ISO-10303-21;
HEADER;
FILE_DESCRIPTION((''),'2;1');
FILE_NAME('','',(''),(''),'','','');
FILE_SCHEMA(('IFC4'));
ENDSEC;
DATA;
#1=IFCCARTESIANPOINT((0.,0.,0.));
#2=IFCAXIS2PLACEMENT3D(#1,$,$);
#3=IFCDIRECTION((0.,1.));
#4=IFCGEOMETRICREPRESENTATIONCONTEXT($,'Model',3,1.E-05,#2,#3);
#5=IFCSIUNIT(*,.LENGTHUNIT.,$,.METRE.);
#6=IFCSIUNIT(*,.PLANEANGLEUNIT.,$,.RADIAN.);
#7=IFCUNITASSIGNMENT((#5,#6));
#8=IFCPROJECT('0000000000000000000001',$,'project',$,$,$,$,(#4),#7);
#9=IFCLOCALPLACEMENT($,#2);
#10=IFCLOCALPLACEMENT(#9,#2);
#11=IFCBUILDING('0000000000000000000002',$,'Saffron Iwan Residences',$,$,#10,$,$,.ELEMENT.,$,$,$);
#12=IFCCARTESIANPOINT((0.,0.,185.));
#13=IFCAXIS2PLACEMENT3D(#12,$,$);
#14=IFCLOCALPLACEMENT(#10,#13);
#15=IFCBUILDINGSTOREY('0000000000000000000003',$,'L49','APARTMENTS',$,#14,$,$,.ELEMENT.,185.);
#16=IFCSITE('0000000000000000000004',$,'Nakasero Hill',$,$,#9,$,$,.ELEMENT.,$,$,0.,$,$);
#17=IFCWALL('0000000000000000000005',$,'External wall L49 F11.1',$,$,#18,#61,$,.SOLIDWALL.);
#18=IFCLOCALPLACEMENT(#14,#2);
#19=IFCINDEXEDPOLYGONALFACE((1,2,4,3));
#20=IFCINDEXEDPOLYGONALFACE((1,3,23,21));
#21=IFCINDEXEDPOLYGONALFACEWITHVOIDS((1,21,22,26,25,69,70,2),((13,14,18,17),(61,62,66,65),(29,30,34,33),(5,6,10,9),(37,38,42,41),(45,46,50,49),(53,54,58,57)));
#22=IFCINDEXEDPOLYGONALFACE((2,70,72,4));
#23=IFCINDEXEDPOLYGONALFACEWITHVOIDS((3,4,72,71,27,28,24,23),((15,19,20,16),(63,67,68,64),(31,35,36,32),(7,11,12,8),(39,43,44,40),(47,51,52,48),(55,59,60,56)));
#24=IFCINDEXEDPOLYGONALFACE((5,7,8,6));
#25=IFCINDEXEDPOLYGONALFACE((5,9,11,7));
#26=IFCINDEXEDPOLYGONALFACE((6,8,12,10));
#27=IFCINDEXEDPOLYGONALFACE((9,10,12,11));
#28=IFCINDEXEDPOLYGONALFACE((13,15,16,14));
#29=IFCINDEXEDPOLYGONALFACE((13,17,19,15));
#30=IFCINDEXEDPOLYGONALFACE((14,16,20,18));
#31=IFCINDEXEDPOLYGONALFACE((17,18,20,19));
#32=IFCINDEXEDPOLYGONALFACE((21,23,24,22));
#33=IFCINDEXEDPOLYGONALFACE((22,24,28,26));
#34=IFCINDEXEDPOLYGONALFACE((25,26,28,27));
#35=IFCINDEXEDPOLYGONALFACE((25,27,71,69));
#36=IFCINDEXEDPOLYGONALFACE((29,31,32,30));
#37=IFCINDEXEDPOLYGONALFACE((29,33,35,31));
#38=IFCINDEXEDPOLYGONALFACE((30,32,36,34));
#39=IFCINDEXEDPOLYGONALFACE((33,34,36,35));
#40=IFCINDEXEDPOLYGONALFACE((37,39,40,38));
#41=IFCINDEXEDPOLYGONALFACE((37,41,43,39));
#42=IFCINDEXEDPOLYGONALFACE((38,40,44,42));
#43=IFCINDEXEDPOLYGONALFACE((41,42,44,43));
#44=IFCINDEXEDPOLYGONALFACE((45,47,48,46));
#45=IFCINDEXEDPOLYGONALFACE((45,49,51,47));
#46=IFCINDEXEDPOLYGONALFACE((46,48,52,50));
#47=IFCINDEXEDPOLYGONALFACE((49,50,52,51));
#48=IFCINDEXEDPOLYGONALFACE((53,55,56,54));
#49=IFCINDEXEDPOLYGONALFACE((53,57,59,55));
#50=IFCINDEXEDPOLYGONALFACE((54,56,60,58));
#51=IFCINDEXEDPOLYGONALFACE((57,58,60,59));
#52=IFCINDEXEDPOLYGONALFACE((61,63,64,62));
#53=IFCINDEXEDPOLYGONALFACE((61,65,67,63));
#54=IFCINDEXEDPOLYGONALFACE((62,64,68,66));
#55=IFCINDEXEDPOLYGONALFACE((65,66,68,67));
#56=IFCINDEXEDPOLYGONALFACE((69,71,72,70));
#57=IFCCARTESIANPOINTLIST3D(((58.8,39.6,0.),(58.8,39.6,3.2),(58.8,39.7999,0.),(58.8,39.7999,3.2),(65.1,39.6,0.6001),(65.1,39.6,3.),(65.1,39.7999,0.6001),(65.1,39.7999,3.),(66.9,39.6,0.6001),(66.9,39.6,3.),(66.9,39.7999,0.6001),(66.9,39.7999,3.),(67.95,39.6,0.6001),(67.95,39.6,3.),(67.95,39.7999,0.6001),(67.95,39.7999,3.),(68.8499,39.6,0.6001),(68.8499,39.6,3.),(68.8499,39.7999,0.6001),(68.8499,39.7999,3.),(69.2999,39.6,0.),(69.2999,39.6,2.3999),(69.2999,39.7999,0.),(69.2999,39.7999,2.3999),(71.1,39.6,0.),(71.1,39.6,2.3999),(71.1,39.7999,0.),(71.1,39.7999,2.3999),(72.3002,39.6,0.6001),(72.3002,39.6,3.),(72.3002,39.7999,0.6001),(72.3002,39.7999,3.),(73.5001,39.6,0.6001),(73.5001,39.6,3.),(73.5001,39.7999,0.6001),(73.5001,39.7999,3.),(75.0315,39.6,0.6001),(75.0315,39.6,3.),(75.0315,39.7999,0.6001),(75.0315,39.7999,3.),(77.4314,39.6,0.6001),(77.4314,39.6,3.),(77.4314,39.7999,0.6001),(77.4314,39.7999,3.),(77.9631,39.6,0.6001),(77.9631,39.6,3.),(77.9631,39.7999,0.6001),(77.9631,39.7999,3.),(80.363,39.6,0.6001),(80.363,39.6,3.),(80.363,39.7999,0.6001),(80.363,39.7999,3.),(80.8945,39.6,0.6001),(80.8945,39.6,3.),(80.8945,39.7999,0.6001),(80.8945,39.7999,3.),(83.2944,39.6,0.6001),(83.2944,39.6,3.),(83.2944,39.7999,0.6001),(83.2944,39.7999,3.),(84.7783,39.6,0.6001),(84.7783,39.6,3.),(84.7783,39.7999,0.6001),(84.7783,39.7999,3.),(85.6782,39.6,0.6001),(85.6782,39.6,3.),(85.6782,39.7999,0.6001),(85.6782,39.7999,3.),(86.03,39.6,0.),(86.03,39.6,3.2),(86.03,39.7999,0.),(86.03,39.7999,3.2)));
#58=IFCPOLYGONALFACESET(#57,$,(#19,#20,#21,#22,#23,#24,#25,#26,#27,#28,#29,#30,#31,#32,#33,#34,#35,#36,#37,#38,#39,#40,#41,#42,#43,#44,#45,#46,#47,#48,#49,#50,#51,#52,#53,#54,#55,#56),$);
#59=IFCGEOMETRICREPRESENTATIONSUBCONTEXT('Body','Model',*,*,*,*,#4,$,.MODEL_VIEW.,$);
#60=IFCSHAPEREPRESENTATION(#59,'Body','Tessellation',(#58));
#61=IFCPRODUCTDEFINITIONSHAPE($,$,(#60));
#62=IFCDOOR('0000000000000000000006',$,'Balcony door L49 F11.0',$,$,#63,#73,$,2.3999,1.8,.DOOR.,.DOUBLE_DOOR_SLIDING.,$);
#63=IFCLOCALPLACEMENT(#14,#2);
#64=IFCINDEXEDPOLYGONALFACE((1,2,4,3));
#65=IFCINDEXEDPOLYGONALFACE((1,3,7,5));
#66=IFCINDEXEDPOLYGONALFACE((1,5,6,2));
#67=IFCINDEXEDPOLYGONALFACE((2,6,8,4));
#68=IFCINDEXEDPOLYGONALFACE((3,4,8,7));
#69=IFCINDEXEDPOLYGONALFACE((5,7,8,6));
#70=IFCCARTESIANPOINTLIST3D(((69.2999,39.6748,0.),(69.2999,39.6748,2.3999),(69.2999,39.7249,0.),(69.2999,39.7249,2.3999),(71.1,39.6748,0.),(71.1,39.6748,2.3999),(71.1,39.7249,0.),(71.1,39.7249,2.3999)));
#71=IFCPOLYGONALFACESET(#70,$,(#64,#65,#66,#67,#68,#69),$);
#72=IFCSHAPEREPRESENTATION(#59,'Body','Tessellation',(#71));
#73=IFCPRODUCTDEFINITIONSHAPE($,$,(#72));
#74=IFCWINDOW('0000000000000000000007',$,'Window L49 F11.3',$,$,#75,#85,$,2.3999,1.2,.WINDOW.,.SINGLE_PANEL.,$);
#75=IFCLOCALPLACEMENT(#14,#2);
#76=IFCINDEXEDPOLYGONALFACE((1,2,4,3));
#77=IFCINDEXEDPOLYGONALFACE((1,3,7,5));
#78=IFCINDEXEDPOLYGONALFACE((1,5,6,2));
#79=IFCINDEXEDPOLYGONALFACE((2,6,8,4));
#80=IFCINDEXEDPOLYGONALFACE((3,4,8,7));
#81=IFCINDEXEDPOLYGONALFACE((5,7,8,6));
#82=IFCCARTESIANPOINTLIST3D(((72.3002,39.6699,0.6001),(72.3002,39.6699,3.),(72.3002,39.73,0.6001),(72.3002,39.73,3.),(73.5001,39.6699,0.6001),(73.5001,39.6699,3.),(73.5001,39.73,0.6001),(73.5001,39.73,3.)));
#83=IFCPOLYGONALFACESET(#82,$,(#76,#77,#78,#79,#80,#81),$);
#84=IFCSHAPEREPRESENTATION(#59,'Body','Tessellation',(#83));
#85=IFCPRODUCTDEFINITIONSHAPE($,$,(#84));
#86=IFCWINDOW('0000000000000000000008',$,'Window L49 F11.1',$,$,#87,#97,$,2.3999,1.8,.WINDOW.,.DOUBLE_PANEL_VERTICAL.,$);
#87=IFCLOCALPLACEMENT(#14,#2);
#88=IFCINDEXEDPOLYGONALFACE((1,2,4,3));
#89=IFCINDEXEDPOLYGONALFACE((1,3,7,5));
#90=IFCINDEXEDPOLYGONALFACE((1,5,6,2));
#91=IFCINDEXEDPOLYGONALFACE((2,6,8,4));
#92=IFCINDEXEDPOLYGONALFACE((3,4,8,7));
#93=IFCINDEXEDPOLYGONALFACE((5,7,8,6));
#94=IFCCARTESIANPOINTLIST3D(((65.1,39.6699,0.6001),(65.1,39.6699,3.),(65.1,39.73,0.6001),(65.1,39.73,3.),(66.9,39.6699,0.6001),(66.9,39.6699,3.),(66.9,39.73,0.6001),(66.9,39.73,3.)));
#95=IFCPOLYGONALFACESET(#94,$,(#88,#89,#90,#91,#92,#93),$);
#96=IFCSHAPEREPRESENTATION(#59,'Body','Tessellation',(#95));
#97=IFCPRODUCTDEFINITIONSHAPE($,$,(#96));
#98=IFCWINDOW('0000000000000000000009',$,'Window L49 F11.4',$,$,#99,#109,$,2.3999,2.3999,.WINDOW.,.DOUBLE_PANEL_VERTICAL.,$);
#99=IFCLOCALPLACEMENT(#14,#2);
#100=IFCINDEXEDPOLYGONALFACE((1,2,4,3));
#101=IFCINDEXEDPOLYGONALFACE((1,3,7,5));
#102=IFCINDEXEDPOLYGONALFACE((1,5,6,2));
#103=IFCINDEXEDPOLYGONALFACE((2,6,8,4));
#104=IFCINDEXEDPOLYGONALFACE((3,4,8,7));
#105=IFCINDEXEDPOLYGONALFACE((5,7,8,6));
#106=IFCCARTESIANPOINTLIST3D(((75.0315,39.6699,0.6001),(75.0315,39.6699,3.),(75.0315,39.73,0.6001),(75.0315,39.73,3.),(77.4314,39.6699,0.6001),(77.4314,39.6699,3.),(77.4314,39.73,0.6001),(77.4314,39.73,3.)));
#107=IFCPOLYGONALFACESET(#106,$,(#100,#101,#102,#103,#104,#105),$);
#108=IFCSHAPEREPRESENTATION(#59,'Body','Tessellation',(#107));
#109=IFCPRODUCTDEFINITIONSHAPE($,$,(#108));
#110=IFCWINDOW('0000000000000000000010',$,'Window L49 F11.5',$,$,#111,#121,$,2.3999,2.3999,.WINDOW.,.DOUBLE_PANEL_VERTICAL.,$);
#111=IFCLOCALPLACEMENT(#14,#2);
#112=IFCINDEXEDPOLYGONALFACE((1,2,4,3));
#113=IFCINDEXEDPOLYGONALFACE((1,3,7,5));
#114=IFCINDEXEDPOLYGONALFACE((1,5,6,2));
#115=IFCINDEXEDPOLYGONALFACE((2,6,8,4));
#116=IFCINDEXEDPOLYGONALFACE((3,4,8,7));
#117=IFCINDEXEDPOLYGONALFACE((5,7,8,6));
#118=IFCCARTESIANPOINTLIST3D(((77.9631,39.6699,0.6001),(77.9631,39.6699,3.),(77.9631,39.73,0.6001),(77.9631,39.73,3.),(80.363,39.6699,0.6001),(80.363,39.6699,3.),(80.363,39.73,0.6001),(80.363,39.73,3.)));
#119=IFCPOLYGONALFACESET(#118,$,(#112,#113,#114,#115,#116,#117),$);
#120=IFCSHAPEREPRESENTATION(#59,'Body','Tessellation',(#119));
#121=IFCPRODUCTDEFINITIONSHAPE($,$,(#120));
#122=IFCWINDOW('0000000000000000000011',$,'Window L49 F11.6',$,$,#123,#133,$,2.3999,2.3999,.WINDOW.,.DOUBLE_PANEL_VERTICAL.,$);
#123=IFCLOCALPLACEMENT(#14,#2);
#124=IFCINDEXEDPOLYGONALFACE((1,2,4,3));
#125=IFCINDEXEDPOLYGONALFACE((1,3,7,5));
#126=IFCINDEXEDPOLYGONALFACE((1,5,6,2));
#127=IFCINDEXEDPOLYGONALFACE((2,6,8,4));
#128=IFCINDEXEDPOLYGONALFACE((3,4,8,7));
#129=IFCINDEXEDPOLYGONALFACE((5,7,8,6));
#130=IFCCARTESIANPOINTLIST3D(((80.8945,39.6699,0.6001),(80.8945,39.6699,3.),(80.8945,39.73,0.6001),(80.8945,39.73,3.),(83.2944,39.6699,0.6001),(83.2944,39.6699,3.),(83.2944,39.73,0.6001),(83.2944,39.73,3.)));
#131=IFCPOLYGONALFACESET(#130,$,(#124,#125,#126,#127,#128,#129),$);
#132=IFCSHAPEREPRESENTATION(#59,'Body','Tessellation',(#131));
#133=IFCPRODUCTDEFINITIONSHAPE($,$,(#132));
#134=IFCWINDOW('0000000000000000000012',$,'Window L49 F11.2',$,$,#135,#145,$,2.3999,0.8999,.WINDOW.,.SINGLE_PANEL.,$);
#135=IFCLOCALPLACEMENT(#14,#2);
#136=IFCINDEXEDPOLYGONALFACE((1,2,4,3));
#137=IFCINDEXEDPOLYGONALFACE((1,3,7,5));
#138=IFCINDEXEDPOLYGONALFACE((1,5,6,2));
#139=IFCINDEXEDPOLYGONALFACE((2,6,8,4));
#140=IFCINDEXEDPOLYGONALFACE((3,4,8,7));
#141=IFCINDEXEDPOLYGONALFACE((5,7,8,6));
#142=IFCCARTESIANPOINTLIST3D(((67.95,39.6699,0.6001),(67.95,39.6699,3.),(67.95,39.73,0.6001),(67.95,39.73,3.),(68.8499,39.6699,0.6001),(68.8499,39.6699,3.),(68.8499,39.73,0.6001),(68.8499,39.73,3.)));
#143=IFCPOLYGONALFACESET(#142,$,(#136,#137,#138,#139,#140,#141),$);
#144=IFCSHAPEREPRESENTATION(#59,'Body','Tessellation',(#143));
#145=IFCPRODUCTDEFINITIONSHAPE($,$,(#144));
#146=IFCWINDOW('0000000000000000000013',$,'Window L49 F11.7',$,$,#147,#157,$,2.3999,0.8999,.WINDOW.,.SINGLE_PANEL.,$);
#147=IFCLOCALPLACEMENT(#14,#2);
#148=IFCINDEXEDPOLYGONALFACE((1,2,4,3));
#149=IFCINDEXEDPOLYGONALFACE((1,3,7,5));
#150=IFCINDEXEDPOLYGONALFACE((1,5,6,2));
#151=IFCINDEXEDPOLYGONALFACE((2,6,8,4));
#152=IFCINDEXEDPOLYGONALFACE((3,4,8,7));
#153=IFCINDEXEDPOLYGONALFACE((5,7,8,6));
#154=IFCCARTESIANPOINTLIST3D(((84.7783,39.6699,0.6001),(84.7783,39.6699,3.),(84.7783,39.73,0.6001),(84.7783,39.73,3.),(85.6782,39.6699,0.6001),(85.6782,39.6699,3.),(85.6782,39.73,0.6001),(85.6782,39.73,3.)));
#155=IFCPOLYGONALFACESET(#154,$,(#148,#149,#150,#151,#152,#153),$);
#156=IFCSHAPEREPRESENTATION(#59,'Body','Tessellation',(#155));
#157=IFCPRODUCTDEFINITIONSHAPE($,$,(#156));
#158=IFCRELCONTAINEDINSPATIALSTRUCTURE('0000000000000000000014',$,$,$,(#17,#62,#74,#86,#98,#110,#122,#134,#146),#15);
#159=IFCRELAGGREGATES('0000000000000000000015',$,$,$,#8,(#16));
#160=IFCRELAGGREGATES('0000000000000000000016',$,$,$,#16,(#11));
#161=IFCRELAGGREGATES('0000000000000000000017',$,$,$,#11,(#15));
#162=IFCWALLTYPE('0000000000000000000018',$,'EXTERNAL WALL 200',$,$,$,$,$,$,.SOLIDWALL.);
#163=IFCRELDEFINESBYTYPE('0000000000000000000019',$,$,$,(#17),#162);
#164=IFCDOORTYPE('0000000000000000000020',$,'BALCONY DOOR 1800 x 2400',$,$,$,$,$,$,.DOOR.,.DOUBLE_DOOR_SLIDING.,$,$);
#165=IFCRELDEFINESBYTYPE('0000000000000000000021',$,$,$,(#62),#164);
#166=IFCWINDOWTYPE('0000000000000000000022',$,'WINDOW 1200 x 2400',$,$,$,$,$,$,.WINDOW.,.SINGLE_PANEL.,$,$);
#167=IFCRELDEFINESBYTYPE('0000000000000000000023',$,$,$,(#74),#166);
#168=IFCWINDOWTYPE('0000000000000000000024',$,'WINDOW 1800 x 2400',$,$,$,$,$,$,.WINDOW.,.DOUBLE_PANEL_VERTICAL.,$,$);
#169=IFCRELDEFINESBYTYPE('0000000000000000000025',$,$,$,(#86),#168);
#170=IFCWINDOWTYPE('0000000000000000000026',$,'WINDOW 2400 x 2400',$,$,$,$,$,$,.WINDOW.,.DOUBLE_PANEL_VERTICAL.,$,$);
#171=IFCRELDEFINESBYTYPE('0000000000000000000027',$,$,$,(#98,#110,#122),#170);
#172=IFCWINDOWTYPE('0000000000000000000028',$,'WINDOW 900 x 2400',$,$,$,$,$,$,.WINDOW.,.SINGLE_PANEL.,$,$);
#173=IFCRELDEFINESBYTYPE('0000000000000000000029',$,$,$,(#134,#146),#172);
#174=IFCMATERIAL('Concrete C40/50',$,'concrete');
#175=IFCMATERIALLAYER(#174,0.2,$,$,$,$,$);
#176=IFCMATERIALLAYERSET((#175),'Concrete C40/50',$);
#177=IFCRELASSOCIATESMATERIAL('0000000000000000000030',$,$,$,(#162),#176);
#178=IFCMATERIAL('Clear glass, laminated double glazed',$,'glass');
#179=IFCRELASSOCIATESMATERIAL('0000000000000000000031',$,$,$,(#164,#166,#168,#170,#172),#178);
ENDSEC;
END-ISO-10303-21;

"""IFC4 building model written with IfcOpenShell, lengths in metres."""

from ifc_helpers import new_model, si_unit, direction, frame, frame_2d, origin, place, context, subcontext, project, spatial, rectangle, extrude, material, layer, layer_set, type_object, element, fill, save


model = new_model("IFC4")

# Units and contexts
model_context = context("Model", 3, precision=1e-05, world=origin(), true_north=direction((0.0, 1.0)))
body_context = subcontext(model_context, "Body", "Model", "MODEL_VIEW")
ifc_project = project(units=[si_unit("LENGTHUNIT", "METRE"), si_unit("PLANEANGLEUNIT", "RADIAN")], contexts=[model_context])

# Site, building, storey
site_placement = place(None, origin())
site = spatial("IfcSite", under=ifc_project, at=site_placement, Name="Nakasero Hill", CompositionType="ELEMENT", RefElevation=0.0)
building_placement = place(site_placement, origin())
building = spatial("IfcBuilding", under=site, at=building_placement, Name="Saffron Iwan Residences", CompositionType="ELEMENT")
storey_placement = place(building_placement, frame((0.0, 0.0, 185.0)))
storey = spatial("IfcBuildingStorey", under=building, at=storey_placement, Name="L49", Description="APARTMENTS", CompositionType="ELEMENT", Elevation=185.0)

# Wall, openings, door, windows
ifc_material_1 = material(Name="Concrete C40/50", Category="concrete")
ifc_layer_1 = layer(ifc_material_1, 0.2)
ifc_layer_set_1 = layer_set([ifc_layer_1], Name="Concrete C40/50")
wall_type_1 = type_object("IfcWallType", Name="EXTERNAL WALL 200", PredefinedType="SOLIDWALL", material=ifc_layer_set_1)
wall_1_placement = place(storey_placement, frame((58.8, 39.7, 0.0), z_axis=(0.0, 0.0, 1.0), x_axis=(1.0, 0.0, 0.0)))
wall_1 = element("IfcWall", 1, at=wall_1_placement, inside=storey, type_object=wall_type_1, Name="External wall L49 F11.1", PredefinedType="SOLIDWALL", context=body_context, shape_type="SweptSolid", body=[
    extrude(rectangle(XDim=27.23, YDim=0.2, at=frame_2d((13.615, 0.0))), origin(), (0.0, 0.0, 1.0), 3.2),
])
opening_1_placement = place(wall_1_placement, frame((10.5, 0.0, 0.0)))
opening_1 = element("IfcOpeningElement", 2, at=opening_1_placement, cuts=wall_1, PredefinedType="OPENING", context=body_context, shape_type="SweptSolid", body=[
    extrude(rectangle(XDim=1.8, YDim=2.3999, at=frame_2d((0.8999, 1.2))), frame((0.0, 0.1099, 0.0), z_axis=(0.0, -1.0, 0.0), x_axis=(1.0, 0.0, 0.0)), (0.0, 0.0, 1.0), 0.22),
])
opening_2_placement = place(wall_1_placement, frame((6.3, 0.0, 0.6001)))
opening_2 = element("IfcOpeningElement", 3, at=opening_2_placement, cuts=wall_1, PredefinedType="OPENING", context=body_context, shape_type="SweptSolid", body=[
    extrude(rectangle(XDim=1.8, YDim=2.3999, at=frame_2d((0.8999, 1.2))), frame((0.0, 0.1099, 0.0), z_axis=(0.0, -1.0, 0.0), x_axis=(1.0, 0.0, 0.0)), (0.0, 0.0, 1.0), 0.22),
])
opening_3_placement = place(wall_1_placement, frame((9.1499, 0.0, 0.6001)))
opening_3 = element("IfcOpeningElement", 4, at=opening_3_placement, cuts=wall_1, PredefinedType="OPENING", context=body_context, shape_type="SweptSolid", body=[
    extrude(rectangle(XDim=0.8999, YDim=2.3999, at=frame_2d((0.45, 1.2))), frame((0.0, 0.1099, 0.0), z_axis=(0.0, -1.0, 0.0), x_axis=(1.0, 0.0, 0.0)), (0.0, 0.0, 1.0), 0.22),
])
opening_4_placement = place(wall_1_placement, frame((13.5, 0.0, 0.6001)))
opening_4 = element("IfcOpeningElement", 5, at=opening_4_placement, cuts=wall_1, PredefinedType="OPENING", context=body_context, shape_type="SweptSolid", body=[
    extrude(rectangle(XDim=1.2, YDim=2.3999, at=frame_2d((0.6001, 1.2))), frame((0.0, 0.1099, 0.0), z_axis=(0.0, -1.0, 0.0), x_axis=(1.0, 0.0, 0.0)), (0.0, 0.0, 1.0), 0.22),
])
opening_5_placement = place(wall_1_placement, frame((16.2314, 0.0, 0.6001)))
opening_5 = element("IfcOpeningElement", 6, at=opening_5_placement, cuts=wall_1, PredefinedType="OPENING", context=body_context, shape_type="SweptSolid", body=[
    extrude(rectangle(XDim=2.3999, YDim=2.3999, at=frame_2d((1.2, 1.2))), frame((0.0, 0.1099, 0.0), z_axis=(0.0, -1.0, 0.0), x_axis=(1.0, 0.0, 0.0)), (0.0, 0.0, 1.0), 0.22),
])
opening_6_placement = place(wall_1_placement, frame((19.1631, 0.0, 0.6001)))
opening_6 = element("IfcOpeningElement", 7, at=opening_6_placement, cuts=wall_1, PredefinedType="OPENING", context=body_context, shape_type="SweptSolid", body=[
    extrude(rectangle(XDim=2.3999, YDim=2.3999, at=frame_2d((1.2, 1.2))), frame((0.0, 0.1099, 0.0), z_axis=(0.0, -1.0, 0.0), x_axis=(1.0, 0.0, 0.0)), (0.0, 0.0, 1.0), 0.22),
])
opening_7_placement = place(wall_1_placement, frame((22.0945, 0.0, 0.6001)))
opening_7 = element("IfcOpeningElement", 8, at=opening_7_placement, cuts=wall_1, PredefinedType="OPENING", context=body_context, shape_type="SweptSolid", body=[
    extrude(rectangle(XDim=2.3999, YDim=2.3999, at=frame_2d((1.2, 1.2))), frame((0.0, 0.1099, 0.0), z_axis=(0.0, -1.0, 0.0), x_axis=(1.0, 0.0, 0.0)), (0.0, 0.0, 1.0), 0.22),
])
opening_8_placement = place(wall_1_placement, frame((25.9783, 0.0, 0.6001)))
opening_8 = element("IfcOpeningElement", 9, at=opening_8_placement, cuts=wall_1, PredefinedType="OPENING", context=body_context, shape_type="SweptSolid", body=[
    extrude(rectangle(XDim=0.8999, YDim=2.3999, at=frame_2d((0.45, 1.2))), frame((0.0, 0.1099, 0.0), z_axis=(0.0, -1.0, 0.0), x_axis=(1.0, 0.0, 0.0)), (0.0, 0.0, 1.0), 0.22),
])
ifc_material_2 = material(Name="Clear glass, laminated double glazed", Category="glass")
door_type = type_object("IfcDoorType", Name="BALCONY DOOR 1800 x 2400", OperationType="DOUBLE_DOOR_SLIDING", PredefinedType="DOOR", material=ifc_material_2)
door_placement = place(opening_1_placement, origin())
door = element("IfcDoor", 10, at=door_placement, inside=storey, type_object=door_type, Name="Balcony door L49 F11.0", OperationType="DOUBLE_DOOR_SLIDING", OverallHeight=2.3999, OverallWidth=1.8, PredefinedType="DOOR", context=body_context, shape_type="SweptSolid", body=[
    extrude(rectangle(XDim=1.8, YDim=2.3999, at=frame_2d((0.8999, 1.2))), frame((0.0, 0.0249, 0.0), z_axis=(0.0, -1.0, 0.0), x_axis=(1.0, 0.0, 0.0)), (0.0, 0.0, 1.0), 0.05),
])
fill(opening_1, door)
window_type_1 = type_object("IfcWindowType", Name="WINDOW 1200 x 2400", PartitioningType="SINGLE_PANEL", PredefinedType="WINDOW", material=ifc_material_2)
window_1_placement = place(opening_4_placement, origin())
window_1 = element("IfcWindow", 11, at=window_1_placement, inside=storey, type_object=window_type_1, Name="Window L49 F11.3", OverallHeight=2.3999, OverallWidth=1.2, PartitioningType="SINGLE_PANEL", PredefinedType="WINDOW", context=body_context, shape_type="SweptSolid", body=[
    extrude(rectangle(XDim=1.2, YDim=2.3999, at=frame_2d((0.6001, 1.2))), frame((0.0, 0.03, 0.0), z_axis=(0.0, -1.0, 0.0), x_axis=(1.0, 0.0, 0.0)), (0.0, 0.0, 1.0), 0.0601),
])
fill(opening_4, window_1)
window_type_2 = type_object("IfcWindowType", Name="WINDOW 1800 x 2400", PartitioningType="DOUBLE_PANEL_VERTICAL", PredefinedType="WINDOW", material=ifc_material_2)
window_2_placement = place(opening_2_placement, origin())
window_2 = element("IfcWindow", 12, at=window_2_placement, inside=storey, type_object=window_type_2, Name="Window L49 F11.1", OverallHeight=2.3999, OverallWidth=1.8, PartitioningType="DOUBLE_PANEL_VERTICAL", PredefinedType="WINDOW", context=body_context, shape_type="SweptSolid", body=[
    extrude(rectangle(XDim=1.8, YDim=2.3999, at=frame_2d((0.8999, 1.2))), frame((0.0, 0.03, 0.0), z_axis=(0.0, -1.0, 0.0), x_axis=(1.0, 0.0, 0.0)), (0.0, 0.0, 1.0), 0.0601),
])
fill(opening_2, window_2)
window_type_3 = type_object("IfcWindowType", Name="WINDOW 2400 x 2400", PartitioningType="DOUBLE_PANEL_VERTICAL", PredefinedType="WINDOW", material=ifc_material_2)
window_3_placement = place(opening_5_placement, origin())
window_3 = element("IfcWindow", 13, at=window_3_placement, inside=storey, type_object=window_type_3, Name="Window L49 F11.4", OverallHeight=2.3999, OverallWidth=2.3999, PartitioningType="DOUBLE_PANEL_VERTICAL", PredefinedType="WINDOW", context=body_context, shape_type="SweptSolid", body=[
    extrude(rectangle(XDim=2.3999, YDim=2.3999, at=frame_2d((1.2, 1.2))), frame((0.0, 0.03, 0.0), z_axis=(0.0, -1.0, 0.0), x_axis=(1.0, 0.0, 0.0)), (0.0, 0.0, 1.0), 0.0601),
])
fill(opening_5, window_3)
window_4_placement = place(opening_6_placement, origin())
window_4 = element("IfcWindow", 14, at=window_4_placement, inside=storey, type_object=window_type_3, Name="Window L49 F11.5", OverallHeight=2.3999, OverallWidth=2.3999, PartitioningType="DOUBLE_PANEL_VERTICAL", PredefinedType="WINDOW", context=body_context, shape_type="SweptSolid", body=[
    extrude(rectangle(XDim=2.3999, YDim=2.3999, at=frame_2d((1.2, 1.2))), frame((0.0, 0.03, 0.0), z_axis=(0.0, -1.0, 0.0), x_axis=(1.0, 0.0, 0.0)), (0.0, 0.0, 1.0), 0.0601),
])
fill(opening_6, window_4)
window_5_placement = place(opening_7_placement, origin())
window_5 = element("IfcWindow", 15, at=window_5_placement, inside=storey, type_object=window_type_3, Name="Window L49 F11.6", OverallHeight=2.3999, OverallWidth=2.3999, PartitioningType="DOUBLE_PANEL_VERTICAL", PredefinedType="WINDOW", context=body_context, shape_type="SweptSolid", body=[
    extrude(rectangle(XDim=2.3999, YDim=2.3999, at=frame_2d((1.2, 1.2))), frame((0.0, 0.03, 0.0), z_axis=(0.0, -1.0, 0.0), x_axis=(1.0, 0.0, 0.0)), (0.0, 0.0, 1.0), 0.0601),
])
fill(opening_7, window_5)
window_type_4 = type_object("IfcWindowType", Name="WINDOW 900 x 2400", PartitioningType="SINGLE_PANEL", PredefinedType="WINDOW", material=ifc_material_2)
window_6_placement = place(opening_3_placement, origin())
window_6 = element("IfcWindow", 16, at=window_6_placement, inside=storey, type_object=window_type_4, Name="Window L49 F11.2", OverallHeight=2.3999, OverallWidth=0.8999, PartitioningType="SINGLE_PANEL", PredefinedType="WINDOW", context=body_context, shape_type="SweptSolid", body=[
    extrude(rectangle(XDim=0.8999, YDim=2.3999, at=frame_2d((0.45, 1.2))), frame((0.0, 0.03, 0.0), z_axis=(0.0, -1.0, 0.0), x_axis=(1.0, 0.0, 0.0)), (0.0, 0.0, 1.0), 0.0601),
])
fill(opening_3, window_6)
window_7_placement = place(opening_8_placement, origin())
window_7 = element("IfcWindow", 17, at=window_7_placement, inside=storey, type_object=window_type_4, Name="Window L49 F11.7", OverallHeight=2.3999, OverallWidth=0.8999, PartitioningType="SINGLE_PANEL", PredefinedType="WINDOW", context=body_context, shape_type="SweptSolid", body=[
    extrude(rectangle(XDim=0.8999, YDim=2.3999, at=frame_2d((0.45, 1.2))), frame((0.0, 0.03, 0.0), z_axis=(0.0, -1.0, 0.0), x_axis=(1.0, 0.0, 0.0)), (0.0, 0.0, 1.0), 0.0601),
])
fill(opening_8, window_7)

save(model, "model.ifc")
